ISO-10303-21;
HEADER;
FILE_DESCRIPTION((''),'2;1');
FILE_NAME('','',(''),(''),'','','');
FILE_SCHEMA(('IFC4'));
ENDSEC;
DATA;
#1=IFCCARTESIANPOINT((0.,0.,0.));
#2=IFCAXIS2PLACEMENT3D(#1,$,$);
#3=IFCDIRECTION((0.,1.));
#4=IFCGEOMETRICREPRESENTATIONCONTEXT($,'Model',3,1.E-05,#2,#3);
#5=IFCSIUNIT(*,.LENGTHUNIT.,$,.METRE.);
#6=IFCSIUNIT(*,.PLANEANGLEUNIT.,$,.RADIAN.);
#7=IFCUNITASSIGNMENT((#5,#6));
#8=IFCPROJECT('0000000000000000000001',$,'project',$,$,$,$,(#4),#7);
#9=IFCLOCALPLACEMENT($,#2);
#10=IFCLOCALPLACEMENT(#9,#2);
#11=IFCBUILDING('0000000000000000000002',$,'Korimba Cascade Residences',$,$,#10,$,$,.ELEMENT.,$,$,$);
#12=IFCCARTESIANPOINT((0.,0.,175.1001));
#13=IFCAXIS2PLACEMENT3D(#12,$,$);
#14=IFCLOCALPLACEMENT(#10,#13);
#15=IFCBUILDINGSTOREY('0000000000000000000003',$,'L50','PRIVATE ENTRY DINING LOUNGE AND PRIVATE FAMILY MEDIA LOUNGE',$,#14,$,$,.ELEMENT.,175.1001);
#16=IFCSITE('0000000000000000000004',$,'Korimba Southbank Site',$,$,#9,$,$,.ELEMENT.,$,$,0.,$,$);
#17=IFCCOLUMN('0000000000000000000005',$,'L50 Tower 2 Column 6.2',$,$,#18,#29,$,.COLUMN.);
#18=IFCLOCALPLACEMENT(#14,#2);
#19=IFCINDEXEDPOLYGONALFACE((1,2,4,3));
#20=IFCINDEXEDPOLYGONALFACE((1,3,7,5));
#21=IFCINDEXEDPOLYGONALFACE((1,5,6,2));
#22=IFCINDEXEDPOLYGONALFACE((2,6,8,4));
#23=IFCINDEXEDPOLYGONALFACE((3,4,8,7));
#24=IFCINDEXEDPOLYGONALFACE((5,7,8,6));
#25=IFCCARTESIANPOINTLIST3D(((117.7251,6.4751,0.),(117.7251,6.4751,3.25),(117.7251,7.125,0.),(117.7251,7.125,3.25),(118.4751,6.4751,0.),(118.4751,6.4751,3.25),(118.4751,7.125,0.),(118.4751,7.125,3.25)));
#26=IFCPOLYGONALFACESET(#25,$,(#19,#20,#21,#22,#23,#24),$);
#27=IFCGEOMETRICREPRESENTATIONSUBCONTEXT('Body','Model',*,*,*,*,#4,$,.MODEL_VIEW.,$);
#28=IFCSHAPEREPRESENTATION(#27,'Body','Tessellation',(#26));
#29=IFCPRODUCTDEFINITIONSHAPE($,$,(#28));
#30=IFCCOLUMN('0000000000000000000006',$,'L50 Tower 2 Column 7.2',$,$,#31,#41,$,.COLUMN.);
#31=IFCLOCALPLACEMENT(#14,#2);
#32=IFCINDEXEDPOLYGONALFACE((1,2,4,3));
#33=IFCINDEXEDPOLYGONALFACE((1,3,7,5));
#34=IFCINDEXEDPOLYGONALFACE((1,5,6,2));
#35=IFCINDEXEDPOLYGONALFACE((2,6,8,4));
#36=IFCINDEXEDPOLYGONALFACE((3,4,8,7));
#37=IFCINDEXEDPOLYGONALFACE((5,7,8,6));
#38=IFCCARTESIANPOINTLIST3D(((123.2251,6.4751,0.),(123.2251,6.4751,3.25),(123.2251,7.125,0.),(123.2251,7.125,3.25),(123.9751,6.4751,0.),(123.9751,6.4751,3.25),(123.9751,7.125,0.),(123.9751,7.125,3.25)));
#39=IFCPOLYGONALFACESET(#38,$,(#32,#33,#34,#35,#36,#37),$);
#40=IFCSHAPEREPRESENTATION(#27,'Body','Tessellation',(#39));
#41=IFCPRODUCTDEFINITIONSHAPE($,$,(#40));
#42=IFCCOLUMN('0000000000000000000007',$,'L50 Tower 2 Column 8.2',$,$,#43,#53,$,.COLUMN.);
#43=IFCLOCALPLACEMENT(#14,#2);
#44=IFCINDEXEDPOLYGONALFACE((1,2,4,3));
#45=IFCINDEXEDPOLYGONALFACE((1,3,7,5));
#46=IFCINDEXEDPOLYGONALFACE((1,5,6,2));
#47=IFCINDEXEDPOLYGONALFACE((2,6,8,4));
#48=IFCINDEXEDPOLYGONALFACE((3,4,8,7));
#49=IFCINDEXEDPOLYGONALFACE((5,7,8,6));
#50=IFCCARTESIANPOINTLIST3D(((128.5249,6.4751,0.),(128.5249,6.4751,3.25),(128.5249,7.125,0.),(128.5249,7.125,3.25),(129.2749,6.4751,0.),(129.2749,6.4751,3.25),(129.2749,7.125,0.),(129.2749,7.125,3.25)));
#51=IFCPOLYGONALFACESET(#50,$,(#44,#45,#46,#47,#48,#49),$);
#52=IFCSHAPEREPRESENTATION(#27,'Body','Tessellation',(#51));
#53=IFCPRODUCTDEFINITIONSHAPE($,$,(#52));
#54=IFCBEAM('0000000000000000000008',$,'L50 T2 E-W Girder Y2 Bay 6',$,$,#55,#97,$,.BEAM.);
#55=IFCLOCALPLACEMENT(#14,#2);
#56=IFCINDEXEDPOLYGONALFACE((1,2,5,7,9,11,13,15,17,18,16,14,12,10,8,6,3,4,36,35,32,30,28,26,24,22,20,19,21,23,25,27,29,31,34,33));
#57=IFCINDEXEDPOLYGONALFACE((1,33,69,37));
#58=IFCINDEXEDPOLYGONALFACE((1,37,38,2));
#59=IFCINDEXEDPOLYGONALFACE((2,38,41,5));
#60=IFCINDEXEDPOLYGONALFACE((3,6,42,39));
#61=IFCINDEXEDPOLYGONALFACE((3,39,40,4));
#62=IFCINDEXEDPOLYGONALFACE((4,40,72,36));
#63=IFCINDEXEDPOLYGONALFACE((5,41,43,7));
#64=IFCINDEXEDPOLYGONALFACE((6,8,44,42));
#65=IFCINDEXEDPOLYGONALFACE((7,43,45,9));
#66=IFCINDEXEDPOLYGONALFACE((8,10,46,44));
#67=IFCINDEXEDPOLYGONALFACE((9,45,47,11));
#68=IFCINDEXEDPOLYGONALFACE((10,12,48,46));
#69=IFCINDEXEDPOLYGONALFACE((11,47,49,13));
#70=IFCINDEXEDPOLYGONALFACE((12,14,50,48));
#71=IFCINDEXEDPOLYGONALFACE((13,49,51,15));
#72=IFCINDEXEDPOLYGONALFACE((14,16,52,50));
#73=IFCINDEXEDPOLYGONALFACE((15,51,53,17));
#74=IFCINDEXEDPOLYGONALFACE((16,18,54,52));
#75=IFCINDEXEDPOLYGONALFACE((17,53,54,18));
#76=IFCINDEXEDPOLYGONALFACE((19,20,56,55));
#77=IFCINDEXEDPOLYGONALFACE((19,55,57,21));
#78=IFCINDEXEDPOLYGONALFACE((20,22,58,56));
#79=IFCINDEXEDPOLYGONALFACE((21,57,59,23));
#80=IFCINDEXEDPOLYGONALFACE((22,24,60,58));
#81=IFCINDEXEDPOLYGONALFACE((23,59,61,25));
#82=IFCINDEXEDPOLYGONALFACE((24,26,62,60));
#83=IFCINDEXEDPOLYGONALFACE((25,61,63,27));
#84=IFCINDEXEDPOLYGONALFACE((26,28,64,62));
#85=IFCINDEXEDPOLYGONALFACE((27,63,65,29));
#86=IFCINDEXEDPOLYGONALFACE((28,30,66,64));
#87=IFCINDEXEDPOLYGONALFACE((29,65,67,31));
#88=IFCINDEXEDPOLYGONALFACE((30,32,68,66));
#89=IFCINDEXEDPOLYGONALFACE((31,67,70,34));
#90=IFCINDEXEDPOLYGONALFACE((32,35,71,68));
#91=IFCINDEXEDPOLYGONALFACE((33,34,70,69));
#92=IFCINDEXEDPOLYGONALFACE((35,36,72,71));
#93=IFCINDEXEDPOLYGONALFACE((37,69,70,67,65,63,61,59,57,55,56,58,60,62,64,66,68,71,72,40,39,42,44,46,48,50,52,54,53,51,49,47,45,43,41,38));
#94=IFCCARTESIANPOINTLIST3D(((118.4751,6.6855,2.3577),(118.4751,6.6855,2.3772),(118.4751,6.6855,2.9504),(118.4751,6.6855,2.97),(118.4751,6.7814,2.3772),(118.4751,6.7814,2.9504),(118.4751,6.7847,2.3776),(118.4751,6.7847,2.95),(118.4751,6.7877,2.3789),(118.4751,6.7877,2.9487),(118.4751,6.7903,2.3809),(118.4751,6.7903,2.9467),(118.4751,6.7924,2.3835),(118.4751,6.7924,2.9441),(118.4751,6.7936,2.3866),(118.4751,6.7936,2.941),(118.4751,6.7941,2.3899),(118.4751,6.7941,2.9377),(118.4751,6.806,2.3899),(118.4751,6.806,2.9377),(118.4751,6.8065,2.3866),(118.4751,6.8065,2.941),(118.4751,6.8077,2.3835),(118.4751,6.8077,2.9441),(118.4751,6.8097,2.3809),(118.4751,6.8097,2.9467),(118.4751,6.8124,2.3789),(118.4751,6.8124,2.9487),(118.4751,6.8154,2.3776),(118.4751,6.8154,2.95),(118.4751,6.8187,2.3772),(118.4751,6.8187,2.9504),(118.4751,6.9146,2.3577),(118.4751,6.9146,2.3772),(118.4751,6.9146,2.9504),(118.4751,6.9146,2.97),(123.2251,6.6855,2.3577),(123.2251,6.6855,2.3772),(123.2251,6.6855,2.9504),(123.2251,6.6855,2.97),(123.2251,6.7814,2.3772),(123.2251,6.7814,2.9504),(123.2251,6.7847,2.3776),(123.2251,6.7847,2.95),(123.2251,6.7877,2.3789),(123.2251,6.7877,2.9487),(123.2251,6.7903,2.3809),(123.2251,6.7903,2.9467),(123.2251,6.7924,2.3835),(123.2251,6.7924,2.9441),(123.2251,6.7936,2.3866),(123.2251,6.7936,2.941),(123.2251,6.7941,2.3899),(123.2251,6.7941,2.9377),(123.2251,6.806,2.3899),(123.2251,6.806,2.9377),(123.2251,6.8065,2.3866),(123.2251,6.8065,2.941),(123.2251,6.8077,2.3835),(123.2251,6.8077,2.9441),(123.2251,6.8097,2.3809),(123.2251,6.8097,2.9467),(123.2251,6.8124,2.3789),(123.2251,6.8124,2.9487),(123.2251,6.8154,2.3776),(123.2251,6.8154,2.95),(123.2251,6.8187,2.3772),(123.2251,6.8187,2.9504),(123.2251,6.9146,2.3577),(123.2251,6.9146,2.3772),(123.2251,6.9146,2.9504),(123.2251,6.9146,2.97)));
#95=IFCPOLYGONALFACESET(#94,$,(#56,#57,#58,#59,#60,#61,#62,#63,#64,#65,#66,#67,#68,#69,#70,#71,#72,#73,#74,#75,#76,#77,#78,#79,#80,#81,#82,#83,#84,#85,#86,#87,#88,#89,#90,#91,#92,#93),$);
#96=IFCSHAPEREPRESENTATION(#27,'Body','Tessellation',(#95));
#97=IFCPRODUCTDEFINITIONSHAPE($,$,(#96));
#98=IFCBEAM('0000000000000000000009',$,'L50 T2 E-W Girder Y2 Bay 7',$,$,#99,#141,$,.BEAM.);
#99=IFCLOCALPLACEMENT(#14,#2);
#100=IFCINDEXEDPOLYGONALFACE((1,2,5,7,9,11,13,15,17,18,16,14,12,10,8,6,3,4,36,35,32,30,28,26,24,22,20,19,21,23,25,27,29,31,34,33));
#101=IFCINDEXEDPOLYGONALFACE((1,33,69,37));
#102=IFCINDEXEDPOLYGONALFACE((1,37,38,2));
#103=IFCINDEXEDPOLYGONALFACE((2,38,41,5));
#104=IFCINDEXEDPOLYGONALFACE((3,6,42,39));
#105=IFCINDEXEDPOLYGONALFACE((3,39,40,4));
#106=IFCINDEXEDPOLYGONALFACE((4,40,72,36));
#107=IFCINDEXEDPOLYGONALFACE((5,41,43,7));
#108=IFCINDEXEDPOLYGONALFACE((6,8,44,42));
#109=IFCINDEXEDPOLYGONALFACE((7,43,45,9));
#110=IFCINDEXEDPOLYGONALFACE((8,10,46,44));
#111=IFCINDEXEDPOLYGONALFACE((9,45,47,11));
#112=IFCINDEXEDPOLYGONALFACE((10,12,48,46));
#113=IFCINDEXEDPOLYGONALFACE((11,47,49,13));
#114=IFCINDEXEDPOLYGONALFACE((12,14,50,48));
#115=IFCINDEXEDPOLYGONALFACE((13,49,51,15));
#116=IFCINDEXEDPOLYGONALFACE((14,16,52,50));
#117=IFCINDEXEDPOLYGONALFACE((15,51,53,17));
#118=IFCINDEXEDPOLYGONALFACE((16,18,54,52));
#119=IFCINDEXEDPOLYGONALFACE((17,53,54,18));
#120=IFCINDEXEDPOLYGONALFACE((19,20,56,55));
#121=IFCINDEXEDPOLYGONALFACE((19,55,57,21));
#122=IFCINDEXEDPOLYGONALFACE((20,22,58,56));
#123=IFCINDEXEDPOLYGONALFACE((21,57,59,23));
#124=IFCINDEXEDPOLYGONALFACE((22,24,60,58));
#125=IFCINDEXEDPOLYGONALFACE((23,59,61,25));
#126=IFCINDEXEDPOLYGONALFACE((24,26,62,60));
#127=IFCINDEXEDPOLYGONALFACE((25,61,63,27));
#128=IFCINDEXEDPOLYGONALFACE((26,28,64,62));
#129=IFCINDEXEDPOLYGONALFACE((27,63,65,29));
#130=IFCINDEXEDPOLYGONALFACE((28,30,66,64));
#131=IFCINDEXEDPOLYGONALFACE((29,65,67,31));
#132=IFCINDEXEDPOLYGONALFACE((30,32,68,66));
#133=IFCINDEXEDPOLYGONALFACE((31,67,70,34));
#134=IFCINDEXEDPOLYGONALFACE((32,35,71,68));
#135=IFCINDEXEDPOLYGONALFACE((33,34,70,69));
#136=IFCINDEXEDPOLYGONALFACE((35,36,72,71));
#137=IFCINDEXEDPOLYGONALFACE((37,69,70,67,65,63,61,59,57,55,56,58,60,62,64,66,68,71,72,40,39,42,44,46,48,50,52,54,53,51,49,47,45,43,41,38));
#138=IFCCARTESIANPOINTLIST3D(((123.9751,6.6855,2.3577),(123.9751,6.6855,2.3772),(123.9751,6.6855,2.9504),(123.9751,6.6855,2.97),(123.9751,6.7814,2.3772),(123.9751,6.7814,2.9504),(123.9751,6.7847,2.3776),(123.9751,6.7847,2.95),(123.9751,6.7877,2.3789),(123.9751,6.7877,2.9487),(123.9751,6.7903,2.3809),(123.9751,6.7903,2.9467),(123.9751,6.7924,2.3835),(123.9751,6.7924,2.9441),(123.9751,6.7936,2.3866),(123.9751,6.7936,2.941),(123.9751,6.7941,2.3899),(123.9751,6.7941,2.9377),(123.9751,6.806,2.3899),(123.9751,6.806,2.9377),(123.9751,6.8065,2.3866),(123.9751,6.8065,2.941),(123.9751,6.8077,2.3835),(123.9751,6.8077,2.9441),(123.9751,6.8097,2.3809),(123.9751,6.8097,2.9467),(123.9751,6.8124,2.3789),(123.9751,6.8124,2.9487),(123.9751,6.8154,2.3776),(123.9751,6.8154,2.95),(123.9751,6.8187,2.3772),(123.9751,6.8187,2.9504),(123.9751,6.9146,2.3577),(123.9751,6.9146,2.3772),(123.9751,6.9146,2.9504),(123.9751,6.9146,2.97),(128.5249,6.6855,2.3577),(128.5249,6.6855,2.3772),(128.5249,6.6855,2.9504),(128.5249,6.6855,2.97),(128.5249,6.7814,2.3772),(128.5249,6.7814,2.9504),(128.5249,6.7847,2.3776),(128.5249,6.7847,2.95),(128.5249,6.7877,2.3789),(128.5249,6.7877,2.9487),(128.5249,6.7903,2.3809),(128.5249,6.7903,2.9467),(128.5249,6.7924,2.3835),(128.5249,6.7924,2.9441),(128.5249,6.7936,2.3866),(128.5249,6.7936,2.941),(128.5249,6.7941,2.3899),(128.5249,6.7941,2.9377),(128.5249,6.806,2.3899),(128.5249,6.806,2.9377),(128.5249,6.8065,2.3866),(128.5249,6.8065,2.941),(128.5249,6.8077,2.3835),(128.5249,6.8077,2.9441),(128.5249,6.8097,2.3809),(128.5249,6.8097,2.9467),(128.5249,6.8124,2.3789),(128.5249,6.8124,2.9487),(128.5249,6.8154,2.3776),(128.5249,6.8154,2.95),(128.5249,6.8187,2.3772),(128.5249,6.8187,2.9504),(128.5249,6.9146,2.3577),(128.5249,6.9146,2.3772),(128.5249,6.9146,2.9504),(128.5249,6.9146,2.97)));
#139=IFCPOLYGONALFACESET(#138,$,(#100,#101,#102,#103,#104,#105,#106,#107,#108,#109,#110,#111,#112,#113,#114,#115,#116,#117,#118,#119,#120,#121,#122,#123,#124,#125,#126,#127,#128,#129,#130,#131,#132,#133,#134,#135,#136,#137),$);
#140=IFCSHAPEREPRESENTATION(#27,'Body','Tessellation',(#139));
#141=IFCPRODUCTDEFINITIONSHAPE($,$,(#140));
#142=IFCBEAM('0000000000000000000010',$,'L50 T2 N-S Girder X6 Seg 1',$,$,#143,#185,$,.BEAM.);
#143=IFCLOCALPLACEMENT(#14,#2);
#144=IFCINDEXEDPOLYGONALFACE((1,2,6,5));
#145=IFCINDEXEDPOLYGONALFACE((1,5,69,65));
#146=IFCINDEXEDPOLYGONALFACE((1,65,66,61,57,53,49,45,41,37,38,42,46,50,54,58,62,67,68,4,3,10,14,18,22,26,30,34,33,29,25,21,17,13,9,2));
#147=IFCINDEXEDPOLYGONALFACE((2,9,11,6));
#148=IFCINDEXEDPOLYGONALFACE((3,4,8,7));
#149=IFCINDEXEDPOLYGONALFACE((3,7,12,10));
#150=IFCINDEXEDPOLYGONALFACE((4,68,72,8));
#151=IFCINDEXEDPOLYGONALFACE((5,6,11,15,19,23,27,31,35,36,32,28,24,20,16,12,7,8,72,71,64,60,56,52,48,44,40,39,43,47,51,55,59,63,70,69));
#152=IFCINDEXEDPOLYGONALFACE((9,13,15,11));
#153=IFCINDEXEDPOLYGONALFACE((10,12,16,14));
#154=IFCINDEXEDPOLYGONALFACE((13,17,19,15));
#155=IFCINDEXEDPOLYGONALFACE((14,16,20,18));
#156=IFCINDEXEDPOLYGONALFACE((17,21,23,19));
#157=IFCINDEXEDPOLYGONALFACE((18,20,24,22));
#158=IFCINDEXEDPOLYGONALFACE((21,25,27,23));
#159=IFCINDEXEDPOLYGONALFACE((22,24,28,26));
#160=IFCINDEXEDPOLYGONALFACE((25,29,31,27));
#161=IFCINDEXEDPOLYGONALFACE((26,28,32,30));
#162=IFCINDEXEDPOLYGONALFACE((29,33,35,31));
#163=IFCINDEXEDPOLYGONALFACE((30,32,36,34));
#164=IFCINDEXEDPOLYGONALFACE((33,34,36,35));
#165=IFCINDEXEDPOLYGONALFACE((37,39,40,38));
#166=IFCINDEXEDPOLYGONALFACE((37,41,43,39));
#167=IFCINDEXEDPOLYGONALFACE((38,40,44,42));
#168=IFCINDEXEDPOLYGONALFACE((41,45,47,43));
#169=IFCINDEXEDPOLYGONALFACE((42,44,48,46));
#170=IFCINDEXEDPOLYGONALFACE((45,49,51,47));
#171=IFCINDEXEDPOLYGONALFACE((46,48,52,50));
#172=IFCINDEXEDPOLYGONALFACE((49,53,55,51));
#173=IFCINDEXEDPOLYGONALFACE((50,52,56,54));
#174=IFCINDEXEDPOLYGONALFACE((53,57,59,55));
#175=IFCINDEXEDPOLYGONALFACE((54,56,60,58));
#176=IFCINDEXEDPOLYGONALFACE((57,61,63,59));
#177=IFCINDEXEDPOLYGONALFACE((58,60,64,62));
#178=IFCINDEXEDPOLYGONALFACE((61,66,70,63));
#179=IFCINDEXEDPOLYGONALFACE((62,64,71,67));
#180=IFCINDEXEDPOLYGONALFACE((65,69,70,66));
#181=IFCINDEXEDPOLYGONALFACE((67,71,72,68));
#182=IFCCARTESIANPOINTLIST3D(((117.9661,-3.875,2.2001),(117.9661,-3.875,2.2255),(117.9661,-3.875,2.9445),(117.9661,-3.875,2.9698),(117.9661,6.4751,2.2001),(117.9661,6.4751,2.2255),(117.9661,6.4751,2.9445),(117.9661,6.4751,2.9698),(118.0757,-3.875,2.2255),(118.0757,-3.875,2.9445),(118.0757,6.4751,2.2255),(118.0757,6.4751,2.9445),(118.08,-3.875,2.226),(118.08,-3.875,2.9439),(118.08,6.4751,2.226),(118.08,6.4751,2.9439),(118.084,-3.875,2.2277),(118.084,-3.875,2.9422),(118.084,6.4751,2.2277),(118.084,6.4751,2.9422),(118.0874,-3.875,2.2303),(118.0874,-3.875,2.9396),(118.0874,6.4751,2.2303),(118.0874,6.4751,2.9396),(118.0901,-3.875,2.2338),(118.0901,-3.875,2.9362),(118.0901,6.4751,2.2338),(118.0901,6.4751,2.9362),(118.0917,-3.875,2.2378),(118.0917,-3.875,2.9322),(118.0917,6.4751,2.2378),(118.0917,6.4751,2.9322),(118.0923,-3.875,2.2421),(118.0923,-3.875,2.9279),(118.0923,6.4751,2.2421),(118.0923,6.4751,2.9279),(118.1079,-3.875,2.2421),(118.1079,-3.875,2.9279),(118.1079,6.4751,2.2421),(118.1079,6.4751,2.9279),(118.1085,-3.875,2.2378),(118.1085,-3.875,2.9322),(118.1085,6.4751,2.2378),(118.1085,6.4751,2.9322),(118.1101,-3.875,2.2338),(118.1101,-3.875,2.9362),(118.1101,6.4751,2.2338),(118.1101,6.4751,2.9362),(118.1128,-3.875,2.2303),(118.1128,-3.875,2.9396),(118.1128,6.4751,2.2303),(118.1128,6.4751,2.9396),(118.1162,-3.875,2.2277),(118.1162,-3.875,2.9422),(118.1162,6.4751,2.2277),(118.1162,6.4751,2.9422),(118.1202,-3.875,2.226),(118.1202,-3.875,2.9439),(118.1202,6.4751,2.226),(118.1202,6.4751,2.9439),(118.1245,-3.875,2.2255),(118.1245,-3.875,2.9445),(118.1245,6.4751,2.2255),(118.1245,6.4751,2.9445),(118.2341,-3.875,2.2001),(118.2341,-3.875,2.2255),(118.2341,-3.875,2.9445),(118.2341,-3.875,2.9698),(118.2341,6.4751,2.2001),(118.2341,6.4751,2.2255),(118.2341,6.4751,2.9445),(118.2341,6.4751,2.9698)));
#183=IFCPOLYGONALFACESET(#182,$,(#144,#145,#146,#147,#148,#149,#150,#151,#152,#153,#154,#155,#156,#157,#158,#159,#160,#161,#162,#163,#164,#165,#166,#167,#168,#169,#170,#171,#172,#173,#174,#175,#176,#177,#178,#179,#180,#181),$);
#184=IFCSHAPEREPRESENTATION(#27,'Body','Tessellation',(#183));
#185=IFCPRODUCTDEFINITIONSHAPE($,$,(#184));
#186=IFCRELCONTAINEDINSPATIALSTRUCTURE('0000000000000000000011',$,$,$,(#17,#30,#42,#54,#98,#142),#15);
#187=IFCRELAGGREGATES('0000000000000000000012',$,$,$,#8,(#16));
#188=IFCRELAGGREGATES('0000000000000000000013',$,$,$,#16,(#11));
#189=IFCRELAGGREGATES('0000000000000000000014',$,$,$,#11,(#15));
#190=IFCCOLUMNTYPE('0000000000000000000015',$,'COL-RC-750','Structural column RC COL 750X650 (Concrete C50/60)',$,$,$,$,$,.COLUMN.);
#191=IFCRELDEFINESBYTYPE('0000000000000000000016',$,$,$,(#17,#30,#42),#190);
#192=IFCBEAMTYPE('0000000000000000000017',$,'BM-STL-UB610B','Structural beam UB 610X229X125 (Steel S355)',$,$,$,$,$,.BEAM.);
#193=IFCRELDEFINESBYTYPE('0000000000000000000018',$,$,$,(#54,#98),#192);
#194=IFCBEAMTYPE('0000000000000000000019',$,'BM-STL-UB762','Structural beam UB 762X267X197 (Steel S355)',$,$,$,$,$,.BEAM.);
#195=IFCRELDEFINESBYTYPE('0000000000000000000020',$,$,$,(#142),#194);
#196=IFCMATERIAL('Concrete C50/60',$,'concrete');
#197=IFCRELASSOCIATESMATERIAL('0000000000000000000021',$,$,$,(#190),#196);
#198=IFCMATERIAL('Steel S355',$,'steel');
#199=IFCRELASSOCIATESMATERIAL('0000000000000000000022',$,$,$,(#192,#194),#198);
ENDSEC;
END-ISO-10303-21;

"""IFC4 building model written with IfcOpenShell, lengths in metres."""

from ifc_helpers import new_model, si_unit, direction, frame, origin, origin_2d, place, context, subcontext, project, spatial, rectangle, i_section, extrude, material, material_profile, profile_set, type_object, element, save


model = new_model("IFC4")

# Units and contexts
model_context = context("Model", 3, precision=1e-05, world=origin(), true_north=direction((0.0, 1.0)))
body_context = subcontext(model_context, "Body", "Model", "MODEL_VIEW")
ifc_project = project(units=[si_unit("LENGTHUNIT", "METRE"), si_unit("PLANEANGLEUNIT", "RADIAN")], contexts=[model_context])

# Site, building, storey
site_placement = place(None, origin())
site = spatial("IfcSite", under=ifc_project, at=site_placement, Name="Korimba Southbank Site", CompositionType="ELEMENT", RefElevation=0.0)
building_placement = place(site_placement, origin())
building = spatial("IfcBuilding", under=site, at=building_placement, Name="Korimba Cascade Residences", CompositionType="ELEMENT")
storey_placement = place(building_placement, frame((0.0, 0.0, 175.1001)))
storey = spatial("IfcBuildingStorey", under=building, at=storey_placement, Name="L50", Description="PRIVATE ENTRY DINING LOUNGE AND PRIVATE FAMILY MEDIA LOUNGE", CompositionType="ELEMENT", Elevation=175.1001)

# Columns
ifc_material_1 = material(Name="Concrete C50/60", Category="concrete")
ifc_material_profile_1 = material_profile(ifc_material_1, rectangle(XDim=0.75, YDim=0.6499, at=origin_2d()), Name="Concrete C50/60")
ifc_profile_set_1 = profile_set([ifc_material_profile_1], Name="Concrete C50/60")
column_type = type_object("IfcColumnType", Name="COL-RC-750", Description="Structural column RC COL 750X650 (Concrete C50/60)", PredefinedType="COLUMN", material=ifc_profile_set_1)
for number, where, z_axis, x_axis, name in (
    (1, (118.1001, 6.8, 0.0), (0.0, 0.0, 1.0), (1.0, 0.0, 0.0), "L50 Tower 2 Column 6.2"),
    (2, (123.6001, 6.8, 0.0), (0.0, 0.0, 1.0), (1.0, 0.0, 0.0), "L50 Tower 2 Column 7.2"),
    (3, (128.8999, 6.8, 0.0), (0.0, 0.0, 1.0), (1.0, 0.0, 0.0), "L50 Tower 2 Column 8.2"),
):
    element("IfcColumn", number, at=place(storey_placement, frame(where, z_axis=z_axis, x_axis=x_axis)), inside=storey, type_object=column_type, Name=name, PredefinedType="COLUMN", context=body_context, shape_type="SweptSolid", body=[
        extrude(rectangle(XDim=0.75, YDim=0.6499, at=origin_2d()), origin(), (0.0, 0.0, 1.0), 3.25),
    ])

# Beams
ifc_material_2 = material(Name="Steel S355", Category="steel")
ifc_material_profile_2 = material_profile(ifc_material_2, i_section(OverallWidth=0.229, OverallDepth=0.6123, WebThickness=0.012, FlangeThickness=0.0195, FilletRadius=0.0127, at=origin_2d()), Name="Steel S355")
ifc_profile_set_2 = profile_set([ifc_material_profile_2], Name="Steel S355")
beam_type_1 = type_object("IfcBeamType", Name="BM-STL-UB610B", Description="Structural beam UB 610X229X125 (Steel S355)", PredefinedType="BEAM", material=ifc_profile_set_2)
beam_1_placement = place(storey_placement, frame((118.4751, 6.8, 2.6638), z_axis=(1.0, 0.0, 0.0), x_axis=(0.0, 1.0, 0.0)))
element("IfcBeam", 4, at=beam_1_placement, inside=storey, type_object=beam_type_1, Name="L50 T2 E-W Girder Y2 Bay 6", PredefinedType="BEAM", context=body_context, shape_type="SweptSolid", body=[
    extrude(i_section(OverallWidth=0.229, OverallDepth=0.6123, WebThickness=0.012, FlangeThickness=0.0195, FilletRadius=0.0127, at=origin_2d()), origin(), (0.0, 0.0, 1.0), 4.75),
])
beam_2_placement = place(storey_placement, frame((123.9751, 6.8, 2.6638), z_axis=(1.0, 0.0, 0.0), x_axis=(0.0, 1.0, 0.0)))
element("IfcBeam", 5, at=beam_2_placement, inside=storey, type_object=beam_type_1, Name="L50 T2 E-W Girder Y2 Bay 7", PredefinedType="BEAM", context=body_context, shape_type="SweptSolid", body=[
    extrude(i_section(OverallWidth=0.229, OverallDepth=0.6123, WebThickness=0.012, FlangeThickness=0.0195, FilletRadius=0.0127, at=origin_2d()), origin(), (0.0, 0.0, 1.0), 4.5498),
])
ifc_material_profile_3 = material_profile(ifc_material_2, i_section(OverallWidth=0.2681, OverallDepth=0.7698, WebThickness=0.0156, FlangeThickness=0.0254, FilletRadius=0.0166, at=origin_2d()), Name="Steel S355")
ifc_profile_set_3 = profile_set([ifc_material_profile_3], Name="Steel S355")
beam_type_2 = type_object("IfcBeamType", Name="BM-STL-UB762", Description="Structural beam UB 762X267X197 (Steel S355)", PredefinedType="BEAM", material=ifc_profile_set_3)
for number, where, z_axis, x_axis, name in (
    (6, (118.1001, -3.875, 2.585), (0.0, 1.0, 0.0), (-1.0, 0.0, 0.0), "L50 T2 N-S Girder X6 Seg 1"),
):
    element("IfcBeam", number, at=place(storey_placement, frame(where, z_axis=z_axis, x_axis=x_axis)), inside=storey, type_object=beam_type_2, Name=name, PredefinedType="BEAM", context=body_context, shape_type="SweptSolid", body=[
        extrude(i_section(OverallWidth=0.2681, OverallDepth=0.7698, WebThickness=0.0156, FlangeThickness=0.0254, FilletRadius=0.0166, at=origin_2d()), origin(), (0.0, 0.0, 1.0), 10.3501),
    ])

save(model, "model.ifc")
